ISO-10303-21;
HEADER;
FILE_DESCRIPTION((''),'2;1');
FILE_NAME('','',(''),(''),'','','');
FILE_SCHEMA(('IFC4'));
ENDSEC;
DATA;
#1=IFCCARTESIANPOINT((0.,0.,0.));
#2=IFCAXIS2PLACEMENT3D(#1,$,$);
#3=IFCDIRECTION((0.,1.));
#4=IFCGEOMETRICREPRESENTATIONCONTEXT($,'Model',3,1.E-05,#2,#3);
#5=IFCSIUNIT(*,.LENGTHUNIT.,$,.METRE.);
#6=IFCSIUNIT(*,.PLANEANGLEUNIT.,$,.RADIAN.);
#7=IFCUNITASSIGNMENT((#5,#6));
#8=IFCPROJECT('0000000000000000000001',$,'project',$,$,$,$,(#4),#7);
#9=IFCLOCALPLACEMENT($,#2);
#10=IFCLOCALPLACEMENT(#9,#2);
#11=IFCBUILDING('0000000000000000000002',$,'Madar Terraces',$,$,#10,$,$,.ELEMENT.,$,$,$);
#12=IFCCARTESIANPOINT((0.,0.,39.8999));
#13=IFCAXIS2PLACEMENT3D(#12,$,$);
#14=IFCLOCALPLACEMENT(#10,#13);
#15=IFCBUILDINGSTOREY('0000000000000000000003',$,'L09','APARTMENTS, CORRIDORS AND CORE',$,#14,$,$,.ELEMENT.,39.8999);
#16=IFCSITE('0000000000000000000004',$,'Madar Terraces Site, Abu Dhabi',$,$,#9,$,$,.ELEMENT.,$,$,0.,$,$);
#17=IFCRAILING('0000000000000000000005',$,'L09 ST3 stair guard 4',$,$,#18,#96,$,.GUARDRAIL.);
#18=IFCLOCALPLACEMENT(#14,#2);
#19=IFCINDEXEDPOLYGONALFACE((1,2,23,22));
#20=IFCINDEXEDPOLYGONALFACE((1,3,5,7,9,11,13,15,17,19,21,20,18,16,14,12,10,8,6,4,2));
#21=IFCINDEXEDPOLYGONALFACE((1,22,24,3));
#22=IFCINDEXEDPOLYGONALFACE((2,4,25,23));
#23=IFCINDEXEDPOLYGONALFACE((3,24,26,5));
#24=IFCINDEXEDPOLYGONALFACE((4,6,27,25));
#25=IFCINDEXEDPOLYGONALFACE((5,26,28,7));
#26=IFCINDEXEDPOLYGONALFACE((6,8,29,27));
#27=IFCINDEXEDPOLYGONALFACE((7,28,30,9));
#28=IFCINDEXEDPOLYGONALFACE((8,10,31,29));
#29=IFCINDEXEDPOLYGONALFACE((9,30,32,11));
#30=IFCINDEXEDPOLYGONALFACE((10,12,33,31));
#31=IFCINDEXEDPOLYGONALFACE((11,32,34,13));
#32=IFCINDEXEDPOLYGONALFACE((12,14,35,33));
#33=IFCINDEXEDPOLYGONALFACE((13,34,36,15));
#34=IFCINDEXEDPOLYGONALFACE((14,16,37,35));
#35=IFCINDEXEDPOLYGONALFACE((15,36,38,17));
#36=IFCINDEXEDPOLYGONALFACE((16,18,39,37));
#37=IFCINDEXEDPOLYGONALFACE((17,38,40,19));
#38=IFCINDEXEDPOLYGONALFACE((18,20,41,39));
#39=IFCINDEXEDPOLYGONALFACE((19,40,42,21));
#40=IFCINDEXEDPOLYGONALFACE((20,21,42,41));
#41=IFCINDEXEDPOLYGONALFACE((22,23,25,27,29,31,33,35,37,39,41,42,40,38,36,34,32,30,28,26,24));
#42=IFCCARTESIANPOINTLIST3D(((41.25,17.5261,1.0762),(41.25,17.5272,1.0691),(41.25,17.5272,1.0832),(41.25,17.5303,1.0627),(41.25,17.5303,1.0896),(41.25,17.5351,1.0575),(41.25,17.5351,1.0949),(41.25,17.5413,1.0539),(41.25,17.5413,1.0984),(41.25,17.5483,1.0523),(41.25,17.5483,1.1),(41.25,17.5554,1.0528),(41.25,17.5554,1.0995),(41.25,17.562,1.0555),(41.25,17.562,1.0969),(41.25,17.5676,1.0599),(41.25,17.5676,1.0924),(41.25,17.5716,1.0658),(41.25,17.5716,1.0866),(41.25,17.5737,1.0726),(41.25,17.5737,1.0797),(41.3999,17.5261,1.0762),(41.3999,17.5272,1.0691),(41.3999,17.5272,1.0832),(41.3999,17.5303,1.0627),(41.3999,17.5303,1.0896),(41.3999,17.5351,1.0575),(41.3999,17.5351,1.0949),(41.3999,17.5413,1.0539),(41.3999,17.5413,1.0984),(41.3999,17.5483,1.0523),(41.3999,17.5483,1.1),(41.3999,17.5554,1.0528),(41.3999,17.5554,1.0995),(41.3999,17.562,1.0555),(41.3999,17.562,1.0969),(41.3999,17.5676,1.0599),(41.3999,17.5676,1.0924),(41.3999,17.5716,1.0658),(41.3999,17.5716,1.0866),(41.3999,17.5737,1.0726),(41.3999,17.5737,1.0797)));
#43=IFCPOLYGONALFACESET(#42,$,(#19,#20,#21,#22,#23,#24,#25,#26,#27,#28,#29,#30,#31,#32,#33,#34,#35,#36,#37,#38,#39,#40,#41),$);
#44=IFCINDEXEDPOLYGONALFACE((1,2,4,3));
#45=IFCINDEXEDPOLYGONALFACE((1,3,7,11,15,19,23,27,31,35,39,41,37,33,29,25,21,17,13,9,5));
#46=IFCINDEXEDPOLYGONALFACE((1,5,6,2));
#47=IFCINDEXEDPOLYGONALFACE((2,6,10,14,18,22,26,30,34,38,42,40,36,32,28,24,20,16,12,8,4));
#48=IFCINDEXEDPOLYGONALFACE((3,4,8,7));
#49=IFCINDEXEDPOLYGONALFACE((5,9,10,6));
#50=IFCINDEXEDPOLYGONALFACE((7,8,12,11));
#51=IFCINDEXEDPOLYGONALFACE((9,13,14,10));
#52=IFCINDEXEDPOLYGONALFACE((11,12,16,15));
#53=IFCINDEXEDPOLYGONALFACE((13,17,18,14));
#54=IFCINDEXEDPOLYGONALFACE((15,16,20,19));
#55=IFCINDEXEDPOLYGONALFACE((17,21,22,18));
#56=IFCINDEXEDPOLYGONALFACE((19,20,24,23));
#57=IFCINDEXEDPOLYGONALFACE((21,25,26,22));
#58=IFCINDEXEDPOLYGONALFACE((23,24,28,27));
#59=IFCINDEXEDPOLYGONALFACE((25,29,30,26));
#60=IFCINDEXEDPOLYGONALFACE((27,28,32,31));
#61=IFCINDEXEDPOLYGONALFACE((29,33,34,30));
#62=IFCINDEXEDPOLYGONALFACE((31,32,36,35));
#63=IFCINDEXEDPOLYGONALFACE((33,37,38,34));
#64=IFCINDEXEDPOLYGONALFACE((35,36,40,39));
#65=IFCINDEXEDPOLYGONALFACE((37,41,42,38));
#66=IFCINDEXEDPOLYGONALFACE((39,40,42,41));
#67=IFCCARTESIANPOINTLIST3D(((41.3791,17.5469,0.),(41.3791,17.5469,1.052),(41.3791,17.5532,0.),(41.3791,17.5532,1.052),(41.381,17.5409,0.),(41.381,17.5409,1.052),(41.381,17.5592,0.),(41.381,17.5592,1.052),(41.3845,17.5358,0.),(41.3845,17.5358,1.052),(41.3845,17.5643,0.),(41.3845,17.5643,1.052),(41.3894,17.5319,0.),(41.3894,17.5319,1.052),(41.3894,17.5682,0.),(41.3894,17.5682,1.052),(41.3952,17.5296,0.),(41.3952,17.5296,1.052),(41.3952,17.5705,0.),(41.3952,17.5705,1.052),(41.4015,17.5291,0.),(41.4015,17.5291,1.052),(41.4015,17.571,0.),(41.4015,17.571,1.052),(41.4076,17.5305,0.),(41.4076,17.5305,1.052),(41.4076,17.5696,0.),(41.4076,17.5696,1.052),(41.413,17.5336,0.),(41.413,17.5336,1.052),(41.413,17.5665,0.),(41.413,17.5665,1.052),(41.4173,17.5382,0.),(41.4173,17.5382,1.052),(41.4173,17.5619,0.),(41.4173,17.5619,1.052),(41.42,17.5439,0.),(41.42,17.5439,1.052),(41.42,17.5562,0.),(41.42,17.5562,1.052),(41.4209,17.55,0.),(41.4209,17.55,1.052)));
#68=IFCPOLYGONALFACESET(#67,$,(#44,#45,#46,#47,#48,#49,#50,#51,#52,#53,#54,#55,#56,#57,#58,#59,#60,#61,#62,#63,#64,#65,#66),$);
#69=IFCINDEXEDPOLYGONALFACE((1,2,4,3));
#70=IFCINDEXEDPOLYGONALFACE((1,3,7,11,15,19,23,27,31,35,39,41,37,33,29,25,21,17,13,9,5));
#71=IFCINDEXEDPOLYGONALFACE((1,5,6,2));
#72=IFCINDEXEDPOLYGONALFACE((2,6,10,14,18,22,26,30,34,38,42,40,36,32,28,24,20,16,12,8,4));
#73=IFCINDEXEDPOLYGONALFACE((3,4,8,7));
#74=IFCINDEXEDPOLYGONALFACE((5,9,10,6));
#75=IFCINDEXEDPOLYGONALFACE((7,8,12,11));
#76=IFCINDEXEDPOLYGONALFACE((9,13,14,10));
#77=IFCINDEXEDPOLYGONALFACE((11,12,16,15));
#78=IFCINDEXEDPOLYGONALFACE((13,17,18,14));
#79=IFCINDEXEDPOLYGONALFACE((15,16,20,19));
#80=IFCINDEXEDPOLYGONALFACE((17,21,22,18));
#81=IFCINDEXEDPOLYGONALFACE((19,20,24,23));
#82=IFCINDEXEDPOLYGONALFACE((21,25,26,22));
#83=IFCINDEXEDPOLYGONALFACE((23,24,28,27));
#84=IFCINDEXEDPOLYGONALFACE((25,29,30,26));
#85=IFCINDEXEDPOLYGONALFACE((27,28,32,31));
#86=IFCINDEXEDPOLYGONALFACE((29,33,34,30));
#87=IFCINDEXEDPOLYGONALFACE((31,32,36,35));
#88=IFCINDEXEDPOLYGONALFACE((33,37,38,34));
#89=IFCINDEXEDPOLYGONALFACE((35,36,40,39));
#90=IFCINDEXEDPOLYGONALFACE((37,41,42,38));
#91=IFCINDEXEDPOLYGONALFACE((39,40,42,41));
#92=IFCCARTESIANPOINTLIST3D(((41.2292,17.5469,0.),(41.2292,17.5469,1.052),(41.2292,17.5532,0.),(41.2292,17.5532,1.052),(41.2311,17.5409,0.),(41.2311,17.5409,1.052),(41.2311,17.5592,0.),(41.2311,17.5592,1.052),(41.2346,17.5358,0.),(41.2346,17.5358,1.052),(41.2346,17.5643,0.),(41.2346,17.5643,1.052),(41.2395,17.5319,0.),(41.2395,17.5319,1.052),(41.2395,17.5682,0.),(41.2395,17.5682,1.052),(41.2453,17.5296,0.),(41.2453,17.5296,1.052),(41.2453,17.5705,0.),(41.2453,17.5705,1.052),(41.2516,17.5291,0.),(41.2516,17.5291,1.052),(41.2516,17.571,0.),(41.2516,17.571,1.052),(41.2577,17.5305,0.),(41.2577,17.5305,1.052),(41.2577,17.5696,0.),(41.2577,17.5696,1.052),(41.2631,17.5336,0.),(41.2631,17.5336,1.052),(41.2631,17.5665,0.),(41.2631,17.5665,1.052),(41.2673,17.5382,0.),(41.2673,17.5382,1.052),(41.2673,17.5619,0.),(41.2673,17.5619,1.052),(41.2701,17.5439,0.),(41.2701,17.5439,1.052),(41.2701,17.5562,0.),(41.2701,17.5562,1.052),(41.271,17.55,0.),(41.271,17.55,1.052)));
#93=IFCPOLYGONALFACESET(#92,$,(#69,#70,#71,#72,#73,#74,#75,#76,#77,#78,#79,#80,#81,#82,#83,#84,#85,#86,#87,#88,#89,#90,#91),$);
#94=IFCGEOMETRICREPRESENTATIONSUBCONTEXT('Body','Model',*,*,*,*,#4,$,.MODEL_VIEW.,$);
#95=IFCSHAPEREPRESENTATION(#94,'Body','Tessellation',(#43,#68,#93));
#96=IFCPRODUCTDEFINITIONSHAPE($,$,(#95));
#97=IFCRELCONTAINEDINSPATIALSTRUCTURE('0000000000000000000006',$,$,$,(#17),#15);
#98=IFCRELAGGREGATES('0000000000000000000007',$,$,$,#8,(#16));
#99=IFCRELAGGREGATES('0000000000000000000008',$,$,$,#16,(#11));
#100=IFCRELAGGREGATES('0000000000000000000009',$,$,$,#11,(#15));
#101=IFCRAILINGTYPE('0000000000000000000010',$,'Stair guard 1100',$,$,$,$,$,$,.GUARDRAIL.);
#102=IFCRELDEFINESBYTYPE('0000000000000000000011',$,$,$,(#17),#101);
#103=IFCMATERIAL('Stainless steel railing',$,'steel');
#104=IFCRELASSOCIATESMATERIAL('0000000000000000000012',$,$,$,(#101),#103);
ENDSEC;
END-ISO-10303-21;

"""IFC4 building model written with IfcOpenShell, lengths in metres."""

from ifc_helpers import new_model, si_unit, direction, frame, origin, origin_2d, place, context, subcontext, project, spatial, circle, extrude, material, type_object, element, save


model = new_model("IFC4")

# Units and contexts
model_context = context("Model", 3, precision=1e-05, world=origin(), true_north=direction((0.0, 1.0)))
body_context = subcontext(model_context, "Body", "Model", "MODEL_VIEW")
ifc_project = project(units=[si_unit("LENGTHUNIT", "METRE"), si_unit("PLANEANGLEUNIT", "RADIAN")], contexts=[model_context])

# Site, building, storey
site_placement = place(None, origin())
site = spatial("IfcSite", under=ifc_project, at=site_placement, Name="Madar Terraces Site, Abu Dhabi", CompositionType="ELEMENT", RefElevation=0.0)
building_placement = place(site_placement, origin())
building = spatial("IfcBuilding", under=site, at=building_placement, Name="Madar Terraces", CompositionType="ELEMENT")
storey_placement = place(building_placement, frame((0.0, 0.0, 39.8999)))
storey = spatial("IfcBuildingStorey", under=building, at=storey_placement, Name="L09", Description="APARTMENTS, CORRIDORS AND CORE", CompositionType="ELEMENT", Elevation=39.8999)

# Railing
ifc_material_1 = material(Name="Stainless steel railing", Category="steel")
railing_type_1 = type_object("IfcRailingType", Name="Stair guard 1100", PredefinedType="GUARDRAIL", material=ifc_material_1)
railing_1_placement = place(storey_placement, frame((41.3999, 17.55, 0.0)))
element("IfcRailing", 1, at=railing_1_placement, inside=storey, type_object=railing_type_1, Name="L09 ST3 stair guard 4", PredefinedType="GUARDRAIL", context=body_context, shape_type="SweptSolid", body=[
    extrude(circle(Radius=0.0239, at=origin_2d()), frame((0.0, 0.0, 1.0762), z_axis=(-1.0, 0.0, 0.0), x_axis=(0.0, -1.0, 0.0)), (0.0, 0.0, 1.0), 0.1499),
    extrude(circle(Radius=0.021, at=origin_2d()), origin(), (0.0, 0.0, 1.0), 1.052),
    extrude(circle(Radius=0.021, at=origin_2d()), frame((-0.1499, 0.0, 0.0)), (0.0, 0.0, 1.0), 1.052),
])

save(model, "model.ifc")
